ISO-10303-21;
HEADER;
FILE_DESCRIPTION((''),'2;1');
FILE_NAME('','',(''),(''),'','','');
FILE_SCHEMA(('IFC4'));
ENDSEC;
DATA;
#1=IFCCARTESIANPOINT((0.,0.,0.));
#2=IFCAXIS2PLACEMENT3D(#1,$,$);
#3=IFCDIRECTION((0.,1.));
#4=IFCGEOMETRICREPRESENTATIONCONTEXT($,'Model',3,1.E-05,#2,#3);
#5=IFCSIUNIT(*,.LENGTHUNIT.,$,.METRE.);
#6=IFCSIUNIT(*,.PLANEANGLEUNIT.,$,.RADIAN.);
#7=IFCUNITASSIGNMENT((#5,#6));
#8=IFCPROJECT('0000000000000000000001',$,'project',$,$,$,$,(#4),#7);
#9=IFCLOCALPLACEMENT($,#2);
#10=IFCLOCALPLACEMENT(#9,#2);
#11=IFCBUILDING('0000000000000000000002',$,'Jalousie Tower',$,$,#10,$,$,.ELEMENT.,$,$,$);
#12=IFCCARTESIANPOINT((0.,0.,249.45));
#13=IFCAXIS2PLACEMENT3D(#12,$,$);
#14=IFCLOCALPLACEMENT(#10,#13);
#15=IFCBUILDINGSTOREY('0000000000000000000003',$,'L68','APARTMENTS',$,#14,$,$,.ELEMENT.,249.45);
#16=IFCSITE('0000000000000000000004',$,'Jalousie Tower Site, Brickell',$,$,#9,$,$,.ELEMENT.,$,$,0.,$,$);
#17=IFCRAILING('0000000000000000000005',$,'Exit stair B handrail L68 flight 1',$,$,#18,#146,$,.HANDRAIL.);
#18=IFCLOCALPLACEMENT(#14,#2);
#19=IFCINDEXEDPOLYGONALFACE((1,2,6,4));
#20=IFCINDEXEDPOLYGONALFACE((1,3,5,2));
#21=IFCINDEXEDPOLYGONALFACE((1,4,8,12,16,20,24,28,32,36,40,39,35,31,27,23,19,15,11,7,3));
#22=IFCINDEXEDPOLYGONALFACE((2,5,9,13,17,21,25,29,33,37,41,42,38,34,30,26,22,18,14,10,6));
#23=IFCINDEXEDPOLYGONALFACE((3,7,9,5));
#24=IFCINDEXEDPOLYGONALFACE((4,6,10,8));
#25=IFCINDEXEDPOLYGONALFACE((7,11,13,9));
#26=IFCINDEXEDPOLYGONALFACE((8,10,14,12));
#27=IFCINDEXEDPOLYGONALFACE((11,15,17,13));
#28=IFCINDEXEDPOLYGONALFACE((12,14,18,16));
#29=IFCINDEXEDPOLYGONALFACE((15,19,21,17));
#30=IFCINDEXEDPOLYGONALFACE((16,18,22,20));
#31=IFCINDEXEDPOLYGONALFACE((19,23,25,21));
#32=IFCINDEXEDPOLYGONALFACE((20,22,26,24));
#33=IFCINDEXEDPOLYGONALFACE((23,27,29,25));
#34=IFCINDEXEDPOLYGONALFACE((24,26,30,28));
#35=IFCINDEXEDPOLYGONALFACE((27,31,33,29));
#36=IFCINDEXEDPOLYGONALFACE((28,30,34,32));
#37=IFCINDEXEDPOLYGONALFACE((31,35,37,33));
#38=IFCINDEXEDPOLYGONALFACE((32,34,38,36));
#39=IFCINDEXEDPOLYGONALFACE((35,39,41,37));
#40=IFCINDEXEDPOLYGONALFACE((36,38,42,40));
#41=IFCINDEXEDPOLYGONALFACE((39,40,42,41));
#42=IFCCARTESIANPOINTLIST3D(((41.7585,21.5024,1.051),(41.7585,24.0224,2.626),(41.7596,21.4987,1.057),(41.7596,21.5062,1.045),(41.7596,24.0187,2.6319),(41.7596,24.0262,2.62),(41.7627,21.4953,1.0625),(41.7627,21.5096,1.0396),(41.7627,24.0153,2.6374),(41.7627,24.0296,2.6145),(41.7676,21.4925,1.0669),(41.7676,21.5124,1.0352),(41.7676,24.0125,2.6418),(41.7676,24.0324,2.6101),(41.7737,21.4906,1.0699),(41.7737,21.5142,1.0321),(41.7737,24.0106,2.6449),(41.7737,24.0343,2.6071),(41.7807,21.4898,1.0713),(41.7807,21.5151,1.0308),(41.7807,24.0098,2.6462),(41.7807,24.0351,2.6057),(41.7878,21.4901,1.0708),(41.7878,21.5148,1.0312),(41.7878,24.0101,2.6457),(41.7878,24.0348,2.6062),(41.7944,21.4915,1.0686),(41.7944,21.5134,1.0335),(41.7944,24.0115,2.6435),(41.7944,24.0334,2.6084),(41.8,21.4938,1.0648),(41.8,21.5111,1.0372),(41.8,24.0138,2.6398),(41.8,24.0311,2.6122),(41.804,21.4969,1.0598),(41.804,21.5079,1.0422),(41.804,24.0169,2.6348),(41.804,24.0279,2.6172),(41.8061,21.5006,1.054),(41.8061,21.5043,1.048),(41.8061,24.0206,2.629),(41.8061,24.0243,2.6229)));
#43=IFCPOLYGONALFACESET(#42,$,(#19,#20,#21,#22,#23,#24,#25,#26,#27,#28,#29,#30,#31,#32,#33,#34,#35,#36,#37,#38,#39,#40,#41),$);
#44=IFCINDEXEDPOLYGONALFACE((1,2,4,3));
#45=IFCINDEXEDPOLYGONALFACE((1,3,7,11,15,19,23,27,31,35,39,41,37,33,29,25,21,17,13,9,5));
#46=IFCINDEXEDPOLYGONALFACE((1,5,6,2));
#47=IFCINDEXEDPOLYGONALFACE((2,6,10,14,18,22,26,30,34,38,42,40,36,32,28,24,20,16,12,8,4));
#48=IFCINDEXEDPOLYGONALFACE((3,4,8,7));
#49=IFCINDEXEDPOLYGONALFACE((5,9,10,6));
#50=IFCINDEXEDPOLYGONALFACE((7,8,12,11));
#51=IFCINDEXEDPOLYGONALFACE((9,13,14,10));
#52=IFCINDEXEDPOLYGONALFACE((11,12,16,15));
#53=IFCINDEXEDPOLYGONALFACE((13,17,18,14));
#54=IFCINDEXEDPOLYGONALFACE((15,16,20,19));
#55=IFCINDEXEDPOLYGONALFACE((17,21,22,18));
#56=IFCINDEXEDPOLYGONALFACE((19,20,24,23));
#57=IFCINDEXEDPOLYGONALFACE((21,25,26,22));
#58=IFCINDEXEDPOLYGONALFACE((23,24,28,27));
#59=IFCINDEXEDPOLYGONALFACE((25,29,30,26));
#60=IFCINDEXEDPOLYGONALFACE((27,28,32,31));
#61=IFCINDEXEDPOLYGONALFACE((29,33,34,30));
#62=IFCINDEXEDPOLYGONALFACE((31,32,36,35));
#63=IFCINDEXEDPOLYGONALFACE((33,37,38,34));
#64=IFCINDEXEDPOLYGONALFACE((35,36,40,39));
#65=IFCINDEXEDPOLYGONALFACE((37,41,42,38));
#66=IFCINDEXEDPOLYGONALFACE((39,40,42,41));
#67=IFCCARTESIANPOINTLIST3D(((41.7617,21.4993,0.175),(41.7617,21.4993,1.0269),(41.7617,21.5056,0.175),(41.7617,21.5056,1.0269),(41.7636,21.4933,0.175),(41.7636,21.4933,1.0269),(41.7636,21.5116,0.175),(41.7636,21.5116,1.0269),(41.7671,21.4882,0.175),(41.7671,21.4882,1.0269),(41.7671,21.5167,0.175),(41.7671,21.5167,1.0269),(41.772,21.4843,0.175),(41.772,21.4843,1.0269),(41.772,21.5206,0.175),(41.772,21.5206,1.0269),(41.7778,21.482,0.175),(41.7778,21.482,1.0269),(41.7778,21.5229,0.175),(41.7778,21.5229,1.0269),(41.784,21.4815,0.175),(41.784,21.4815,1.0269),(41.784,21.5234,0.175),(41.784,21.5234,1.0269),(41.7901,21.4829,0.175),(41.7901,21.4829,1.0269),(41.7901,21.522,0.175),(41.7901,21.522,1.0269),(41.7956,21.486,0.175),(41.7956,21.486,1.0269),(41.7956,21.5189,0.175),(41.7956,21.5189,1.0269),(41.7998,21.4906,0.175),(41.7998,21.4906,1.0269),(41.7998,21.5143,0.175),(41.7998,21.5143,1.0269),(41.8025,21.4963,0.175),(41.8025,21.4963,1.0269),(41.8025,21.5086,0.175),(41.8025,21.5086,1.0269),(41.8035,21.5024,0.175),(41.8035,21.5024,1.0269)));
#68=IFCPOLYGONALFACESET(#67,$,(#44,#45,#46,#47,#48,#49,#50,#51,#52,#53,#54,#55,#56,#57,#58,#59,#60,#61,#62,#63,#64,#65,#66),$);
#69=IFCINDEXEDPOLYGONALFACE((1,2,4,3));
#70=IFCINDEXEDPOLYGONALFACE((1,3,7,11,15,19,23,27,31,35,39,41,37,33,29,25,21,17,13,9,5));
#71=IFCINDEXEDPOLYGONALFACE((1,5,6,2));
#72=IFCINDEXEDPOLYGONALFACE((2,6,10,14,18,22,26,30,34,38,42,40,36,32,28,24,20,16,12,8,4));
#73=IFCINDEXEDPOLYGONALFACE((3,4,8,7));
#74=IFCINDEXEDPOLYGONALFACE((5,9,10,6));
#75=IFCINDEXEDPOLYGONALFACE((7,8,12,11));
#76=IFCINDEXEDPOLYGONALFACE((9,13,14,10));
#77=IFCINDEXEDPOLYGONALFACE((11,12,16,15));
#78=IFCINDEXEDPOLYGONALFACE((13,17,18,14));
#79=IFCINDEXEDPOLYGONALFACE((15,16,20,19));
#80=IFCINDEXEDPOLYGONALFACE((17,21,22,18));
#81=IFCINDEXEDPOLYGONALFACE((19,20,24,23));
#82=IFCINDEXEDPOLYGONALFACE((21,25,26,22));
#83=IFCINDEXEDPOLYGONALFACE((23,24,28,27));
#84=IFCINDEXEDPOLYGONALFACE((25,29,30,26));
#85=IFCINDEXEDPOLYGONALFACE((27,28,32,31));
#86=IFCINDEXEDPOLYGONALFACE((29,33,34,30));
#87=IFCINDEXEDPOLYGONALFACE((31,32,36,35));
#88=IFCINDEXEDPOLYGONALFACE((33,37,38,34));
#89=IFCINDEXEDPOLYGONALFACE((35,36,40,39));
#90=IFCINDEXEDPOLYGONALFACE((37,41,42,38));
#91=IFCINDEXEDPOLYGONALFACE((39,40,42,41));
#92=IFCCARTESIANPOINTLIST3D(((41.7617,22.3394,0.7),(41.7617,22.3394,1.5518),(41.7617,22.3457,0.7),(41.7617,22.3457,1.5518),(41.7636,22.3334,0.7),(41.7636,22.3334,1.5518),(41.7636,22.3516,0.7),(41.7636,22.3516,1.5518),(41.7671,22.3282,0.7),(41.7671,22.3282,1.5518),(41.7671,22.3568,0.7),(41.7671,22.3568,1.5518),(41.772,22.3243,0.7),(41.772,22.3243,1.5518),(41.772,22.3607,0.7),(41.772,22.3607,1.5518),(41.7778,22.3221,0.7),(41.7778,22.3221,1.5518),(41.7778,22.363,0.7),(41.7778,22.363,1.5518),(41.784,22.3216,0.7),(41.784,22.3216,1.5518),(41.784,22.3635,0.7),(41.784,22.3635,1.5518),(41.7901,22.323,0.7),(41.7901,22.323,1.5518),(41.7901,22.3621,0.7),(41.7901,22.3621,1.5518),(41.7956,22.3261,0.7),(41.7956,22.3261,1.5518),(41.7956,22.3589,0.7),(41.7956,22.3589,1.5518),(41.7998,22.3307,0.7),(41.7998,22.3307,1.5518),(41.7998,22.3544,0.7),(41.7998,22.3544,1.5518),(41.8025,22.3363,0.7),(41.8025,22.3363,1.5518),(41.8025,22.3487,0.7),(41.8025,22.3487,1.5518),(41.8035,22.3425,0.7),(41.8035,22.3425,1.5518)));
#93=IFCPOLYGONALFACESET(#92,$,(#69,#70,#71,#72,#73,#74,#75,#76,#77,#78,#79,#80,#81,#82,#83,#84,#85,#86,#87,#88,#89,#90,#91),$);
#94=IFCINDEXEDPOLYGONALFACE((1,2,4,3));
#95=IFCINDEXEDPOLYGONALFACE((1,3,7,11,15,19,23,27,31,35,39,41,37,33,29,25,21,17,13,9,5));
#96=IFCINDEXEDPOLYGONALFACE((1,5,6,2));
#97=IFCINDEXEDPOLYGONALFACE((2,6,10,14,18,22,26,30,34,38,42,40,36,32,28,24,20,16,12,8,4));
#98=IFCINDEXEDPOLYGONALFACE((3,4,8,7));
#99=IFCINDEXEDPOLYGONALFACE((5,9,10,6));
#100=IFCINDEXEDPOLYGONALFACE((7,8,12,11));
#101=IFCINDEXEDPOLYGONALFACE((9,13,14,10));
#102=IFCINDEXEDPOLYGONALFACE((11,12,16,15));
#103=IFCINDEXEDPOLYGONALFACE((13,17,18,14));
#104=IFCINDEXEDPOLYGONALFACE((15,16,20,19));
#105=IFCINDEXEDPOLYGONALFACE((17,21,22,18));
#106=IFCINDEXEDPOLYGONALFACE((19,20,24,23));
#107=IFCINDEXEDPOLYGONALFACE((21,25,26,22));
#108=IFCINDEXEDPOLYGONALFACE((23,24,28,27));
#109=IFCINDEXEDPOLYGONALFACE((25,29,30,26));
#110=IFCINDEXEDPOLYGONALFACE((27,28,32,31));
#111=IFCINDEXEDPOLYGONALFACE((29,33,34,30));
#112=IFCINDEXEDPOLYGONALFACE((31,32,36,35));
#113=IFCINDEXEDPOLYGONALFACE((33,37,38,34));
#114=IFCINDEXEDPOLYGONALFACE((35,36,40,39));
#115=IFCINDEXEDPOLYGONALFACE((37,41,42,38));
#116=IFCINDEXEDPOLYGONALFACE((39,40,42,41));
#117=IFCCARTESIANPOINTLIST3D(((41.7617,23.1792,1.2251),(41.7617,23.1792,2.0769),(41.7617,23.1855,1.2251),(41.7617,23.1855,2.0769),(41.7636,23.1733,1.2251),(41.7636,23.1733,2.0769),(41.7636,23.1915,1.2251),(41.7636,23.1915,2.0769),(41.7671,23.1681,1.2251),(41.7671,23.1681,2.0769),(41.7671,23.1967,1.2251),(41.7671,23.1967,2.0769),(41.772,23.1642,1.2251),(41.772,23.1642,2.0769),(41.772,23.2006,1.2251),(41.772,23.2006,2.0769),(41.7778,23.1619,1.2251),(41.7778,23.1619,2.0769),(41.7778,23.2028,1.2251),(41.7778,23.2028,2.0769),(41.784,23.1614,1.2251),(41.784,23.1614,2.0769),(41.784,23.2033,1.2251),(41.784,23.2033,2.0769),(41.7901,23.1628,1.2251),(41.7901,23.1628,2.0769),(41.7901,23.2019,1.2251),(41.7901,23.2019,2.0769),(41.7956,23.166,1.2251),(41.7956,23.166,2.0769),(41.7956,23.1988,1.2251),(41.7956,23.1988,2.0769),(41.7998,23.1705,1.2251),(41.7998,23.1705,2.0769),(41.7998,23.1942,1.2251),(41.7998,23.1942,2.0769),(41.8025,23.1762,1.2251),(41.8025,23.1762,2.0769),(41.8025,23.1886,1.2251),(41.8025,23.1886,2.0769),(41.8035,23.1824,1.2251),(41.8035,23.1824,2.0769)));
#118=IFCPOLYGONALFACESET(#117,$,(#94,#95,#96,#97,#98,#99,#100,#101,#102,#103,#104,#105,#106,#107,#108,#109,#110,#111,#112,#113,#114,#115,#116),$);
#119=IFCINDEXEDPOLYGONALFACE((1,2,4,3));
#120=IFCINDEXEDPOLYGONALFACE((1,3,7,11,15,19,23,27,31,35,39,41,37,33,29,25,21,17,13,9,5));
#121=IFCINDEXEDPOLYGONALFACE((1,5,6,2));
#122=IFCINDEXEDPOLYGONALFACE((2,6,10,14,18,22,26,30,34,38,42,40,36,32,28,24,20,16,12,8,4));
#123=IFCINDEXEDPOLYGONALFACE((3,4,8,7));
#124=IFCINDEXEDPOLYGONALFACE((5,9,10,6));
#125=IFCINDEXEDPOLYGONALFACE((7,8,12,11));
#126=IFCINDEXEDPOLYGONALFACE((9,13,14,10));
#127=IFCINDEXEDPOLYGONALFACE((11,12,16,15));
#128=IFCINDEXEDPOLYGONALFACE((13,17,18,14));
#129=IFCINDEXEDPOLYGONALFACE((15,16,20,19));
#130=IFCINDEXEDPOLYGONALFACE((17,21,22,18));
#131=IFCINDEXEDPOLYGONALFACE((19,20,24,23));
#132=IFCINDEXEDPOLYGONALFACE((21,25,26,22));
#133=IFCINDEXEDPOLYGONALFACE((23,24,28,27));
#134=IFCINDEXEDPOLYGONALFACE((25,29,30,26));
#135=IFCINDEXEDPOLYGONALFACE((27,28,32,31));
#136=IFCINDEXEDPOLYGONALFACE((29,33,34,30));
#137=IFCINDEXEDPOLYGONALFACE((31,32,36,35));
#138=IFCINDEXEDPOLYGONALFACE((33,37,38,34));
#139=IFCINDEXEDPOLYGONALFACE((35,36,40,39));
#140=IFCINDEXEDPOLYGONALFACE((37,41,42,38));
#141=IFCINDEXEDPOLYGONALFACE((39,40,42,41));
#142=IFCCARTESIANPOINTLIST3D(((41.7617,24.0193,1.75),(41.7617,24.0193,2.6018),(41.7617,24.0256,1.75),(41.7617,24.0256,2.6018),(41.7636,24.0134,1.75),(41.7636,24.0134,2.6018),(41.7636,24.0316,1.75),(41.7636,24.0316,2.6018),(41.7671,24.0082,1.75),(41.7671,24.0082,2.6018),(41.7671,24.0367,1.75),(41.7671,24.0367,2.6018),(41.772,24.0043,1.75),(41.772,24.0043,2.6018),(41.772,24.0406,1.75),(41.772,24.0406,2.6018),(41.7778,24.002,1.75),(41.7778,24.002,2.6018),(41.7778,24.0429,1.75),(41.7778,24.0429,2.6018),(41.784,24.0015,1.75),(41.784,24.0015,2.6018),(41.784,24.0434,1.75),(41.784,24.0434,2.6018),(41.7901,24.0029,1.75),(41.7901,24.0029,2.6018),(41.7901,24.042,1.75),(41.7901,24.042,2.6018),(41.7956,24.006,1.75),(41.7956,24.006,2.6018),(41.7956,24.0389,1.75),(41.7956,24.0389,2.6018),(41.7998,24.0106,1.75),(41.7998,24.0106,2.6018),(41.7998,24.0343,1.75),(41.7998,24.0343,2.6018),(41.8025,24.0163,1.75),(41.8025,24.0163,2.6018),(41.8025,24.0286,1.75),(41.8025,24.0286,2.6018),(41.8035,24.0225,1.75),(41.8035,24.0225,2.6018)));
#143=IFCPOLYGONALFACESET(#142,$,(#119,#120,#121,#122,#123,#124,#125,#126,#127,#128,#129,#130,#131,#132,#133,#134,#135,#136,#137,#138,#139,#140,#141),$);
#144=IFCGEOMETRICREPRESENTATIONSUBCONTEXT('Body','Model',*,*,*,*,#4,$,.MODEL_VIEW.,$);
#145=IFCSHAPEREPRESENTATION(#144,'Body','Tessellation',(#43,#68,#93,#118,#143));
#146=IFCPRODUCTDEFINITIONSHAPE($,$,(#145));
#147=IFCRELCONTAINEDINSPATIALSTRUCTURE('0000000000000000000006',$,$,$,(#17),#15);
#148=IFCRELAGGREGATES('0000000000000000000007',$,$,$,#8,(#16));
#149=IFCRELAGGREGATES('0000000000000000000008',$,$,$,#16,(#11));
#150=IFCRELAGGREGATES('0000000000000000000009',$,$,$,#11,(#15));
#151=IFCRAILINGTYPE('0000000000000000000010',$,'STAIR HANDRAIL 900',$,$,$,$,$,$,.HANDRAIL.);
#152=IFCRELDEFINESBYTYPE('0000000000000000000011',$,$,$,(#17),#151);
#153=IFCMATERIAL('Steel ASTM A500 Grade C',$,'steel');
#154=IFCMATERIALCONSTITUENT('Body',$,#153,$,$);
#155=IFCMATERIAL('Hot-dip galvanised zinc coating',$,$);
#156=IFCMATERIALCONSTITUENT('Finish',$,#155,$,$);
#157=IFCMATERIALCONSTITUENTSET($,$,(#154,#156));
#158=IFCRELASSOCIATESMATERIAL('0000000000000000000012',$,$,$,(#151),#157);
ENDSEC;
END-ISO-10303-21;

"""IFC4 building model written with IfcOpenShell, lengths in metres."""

from ifc_helpers import new_model, si_unit, direction, frame, origin, origin_2d, place, context, subcontext, project, spatial, circle, extrude, material, constituent, constituent_set, type_object, element, save


model = new_model("IFC4")

# Units and contexts
model_context = context("Model", 3, precision=1e-05, world=origin(), true_north=direction((0.0, 1.0)))
body_context = subcontext(model_context, "Body", "Model", "MODEL_VIEW")
ifc_project = project(units=[si_unit("LENGTHUNIT", "METRE"), si_unit("PLANEANGLEUNIT", "RADIAN")], contexts=[model_context])

# Site, building, storey
site_placement = place(None, origin())
site = spatial("IfcSite", under=ifc_project, at=site_placement, Name="Jalousie Tower Site, Brickell", CompositionType="ELEMENT", RefElevation=0.0)
building_placement = place(site_placement, origin())
building = spatial("IfcBuilding", under=site, at=building_placement, Name="Jalousie Tower", CompositionType="ELEMENT")
storey_placement = place(building_placement, frame((0.0, 0.0, 249.45)))
storey = spatial("IfcBuildingStorey", under=building, at=storey_placement, Name="L68", Description="APARTMENTS", CompositionType="ELEMENT", Elevation=249.45)

# Railing
ifc_material_1 = material(Name="Steel ASTM A500 Grade C", Category="steel")
ifc_constituent_1 = constituent(ifc_material_1, Name="Body")
ifc_material_2 = material(Name="Hot-dip galvanised zinc coating")
ifc_constituent_2 = constituent(ifc_material_2, Name="Finish")
ifc_constituent_set_1 = constituent_set(constituents=[ifc_constituent_1, ifc_constituent_2])
railing_type_1 = type_object("IfcRailingType", Name="STAIR HANDRAIL 900", PredefinedType="HANDRAIL", material=ifc_constituent_set_1)
railing_1_placement = place(storey_placement, frame((41.7825, 21.5024, 0.175)))
element("IfcRailing", 1, at=railing_1_placement, inside=storey, type_object=railing_type_1, Name="Exit stair B handrail L68 flight 1", PredefinedType="HANDRAIL", context=body_context, shape_type="SweptSolid", body=[
    extrude(circle(Radius=0.0239, at=origin_2d()), frame((0.0, 0.0, 0.876), z_axis=(0.0, 0.848008, 0.529984), x_axis=(-1.0, 0.0, 0.0)), (0.0, 0.0, 1.0), 2.9717),
    extrude(circle(Radius=0.021, at=origin_2d()), origin(), (0.0, 0.0, 1.0), 0.8518),
    extrude(circle(Radius=0.021, at=origin_2d()), frame((0.0, 0.8401, 0.5249)), (0.0, 0.0, 1.0), 0.8518),
    extrude(circle(Radius=0.021, at=origin_2d()), frame((0.0, 1.6799, 1.05)), (0.0, 0.0, 1.0), 0.8518),
    extrude(circle(Radius=0.021, at=origin_2d()), frame((0.0, 2.52, 1.575)), (0.0, 0.0, 1.0), 0.8518),
])

save(model, "model.ifc")
